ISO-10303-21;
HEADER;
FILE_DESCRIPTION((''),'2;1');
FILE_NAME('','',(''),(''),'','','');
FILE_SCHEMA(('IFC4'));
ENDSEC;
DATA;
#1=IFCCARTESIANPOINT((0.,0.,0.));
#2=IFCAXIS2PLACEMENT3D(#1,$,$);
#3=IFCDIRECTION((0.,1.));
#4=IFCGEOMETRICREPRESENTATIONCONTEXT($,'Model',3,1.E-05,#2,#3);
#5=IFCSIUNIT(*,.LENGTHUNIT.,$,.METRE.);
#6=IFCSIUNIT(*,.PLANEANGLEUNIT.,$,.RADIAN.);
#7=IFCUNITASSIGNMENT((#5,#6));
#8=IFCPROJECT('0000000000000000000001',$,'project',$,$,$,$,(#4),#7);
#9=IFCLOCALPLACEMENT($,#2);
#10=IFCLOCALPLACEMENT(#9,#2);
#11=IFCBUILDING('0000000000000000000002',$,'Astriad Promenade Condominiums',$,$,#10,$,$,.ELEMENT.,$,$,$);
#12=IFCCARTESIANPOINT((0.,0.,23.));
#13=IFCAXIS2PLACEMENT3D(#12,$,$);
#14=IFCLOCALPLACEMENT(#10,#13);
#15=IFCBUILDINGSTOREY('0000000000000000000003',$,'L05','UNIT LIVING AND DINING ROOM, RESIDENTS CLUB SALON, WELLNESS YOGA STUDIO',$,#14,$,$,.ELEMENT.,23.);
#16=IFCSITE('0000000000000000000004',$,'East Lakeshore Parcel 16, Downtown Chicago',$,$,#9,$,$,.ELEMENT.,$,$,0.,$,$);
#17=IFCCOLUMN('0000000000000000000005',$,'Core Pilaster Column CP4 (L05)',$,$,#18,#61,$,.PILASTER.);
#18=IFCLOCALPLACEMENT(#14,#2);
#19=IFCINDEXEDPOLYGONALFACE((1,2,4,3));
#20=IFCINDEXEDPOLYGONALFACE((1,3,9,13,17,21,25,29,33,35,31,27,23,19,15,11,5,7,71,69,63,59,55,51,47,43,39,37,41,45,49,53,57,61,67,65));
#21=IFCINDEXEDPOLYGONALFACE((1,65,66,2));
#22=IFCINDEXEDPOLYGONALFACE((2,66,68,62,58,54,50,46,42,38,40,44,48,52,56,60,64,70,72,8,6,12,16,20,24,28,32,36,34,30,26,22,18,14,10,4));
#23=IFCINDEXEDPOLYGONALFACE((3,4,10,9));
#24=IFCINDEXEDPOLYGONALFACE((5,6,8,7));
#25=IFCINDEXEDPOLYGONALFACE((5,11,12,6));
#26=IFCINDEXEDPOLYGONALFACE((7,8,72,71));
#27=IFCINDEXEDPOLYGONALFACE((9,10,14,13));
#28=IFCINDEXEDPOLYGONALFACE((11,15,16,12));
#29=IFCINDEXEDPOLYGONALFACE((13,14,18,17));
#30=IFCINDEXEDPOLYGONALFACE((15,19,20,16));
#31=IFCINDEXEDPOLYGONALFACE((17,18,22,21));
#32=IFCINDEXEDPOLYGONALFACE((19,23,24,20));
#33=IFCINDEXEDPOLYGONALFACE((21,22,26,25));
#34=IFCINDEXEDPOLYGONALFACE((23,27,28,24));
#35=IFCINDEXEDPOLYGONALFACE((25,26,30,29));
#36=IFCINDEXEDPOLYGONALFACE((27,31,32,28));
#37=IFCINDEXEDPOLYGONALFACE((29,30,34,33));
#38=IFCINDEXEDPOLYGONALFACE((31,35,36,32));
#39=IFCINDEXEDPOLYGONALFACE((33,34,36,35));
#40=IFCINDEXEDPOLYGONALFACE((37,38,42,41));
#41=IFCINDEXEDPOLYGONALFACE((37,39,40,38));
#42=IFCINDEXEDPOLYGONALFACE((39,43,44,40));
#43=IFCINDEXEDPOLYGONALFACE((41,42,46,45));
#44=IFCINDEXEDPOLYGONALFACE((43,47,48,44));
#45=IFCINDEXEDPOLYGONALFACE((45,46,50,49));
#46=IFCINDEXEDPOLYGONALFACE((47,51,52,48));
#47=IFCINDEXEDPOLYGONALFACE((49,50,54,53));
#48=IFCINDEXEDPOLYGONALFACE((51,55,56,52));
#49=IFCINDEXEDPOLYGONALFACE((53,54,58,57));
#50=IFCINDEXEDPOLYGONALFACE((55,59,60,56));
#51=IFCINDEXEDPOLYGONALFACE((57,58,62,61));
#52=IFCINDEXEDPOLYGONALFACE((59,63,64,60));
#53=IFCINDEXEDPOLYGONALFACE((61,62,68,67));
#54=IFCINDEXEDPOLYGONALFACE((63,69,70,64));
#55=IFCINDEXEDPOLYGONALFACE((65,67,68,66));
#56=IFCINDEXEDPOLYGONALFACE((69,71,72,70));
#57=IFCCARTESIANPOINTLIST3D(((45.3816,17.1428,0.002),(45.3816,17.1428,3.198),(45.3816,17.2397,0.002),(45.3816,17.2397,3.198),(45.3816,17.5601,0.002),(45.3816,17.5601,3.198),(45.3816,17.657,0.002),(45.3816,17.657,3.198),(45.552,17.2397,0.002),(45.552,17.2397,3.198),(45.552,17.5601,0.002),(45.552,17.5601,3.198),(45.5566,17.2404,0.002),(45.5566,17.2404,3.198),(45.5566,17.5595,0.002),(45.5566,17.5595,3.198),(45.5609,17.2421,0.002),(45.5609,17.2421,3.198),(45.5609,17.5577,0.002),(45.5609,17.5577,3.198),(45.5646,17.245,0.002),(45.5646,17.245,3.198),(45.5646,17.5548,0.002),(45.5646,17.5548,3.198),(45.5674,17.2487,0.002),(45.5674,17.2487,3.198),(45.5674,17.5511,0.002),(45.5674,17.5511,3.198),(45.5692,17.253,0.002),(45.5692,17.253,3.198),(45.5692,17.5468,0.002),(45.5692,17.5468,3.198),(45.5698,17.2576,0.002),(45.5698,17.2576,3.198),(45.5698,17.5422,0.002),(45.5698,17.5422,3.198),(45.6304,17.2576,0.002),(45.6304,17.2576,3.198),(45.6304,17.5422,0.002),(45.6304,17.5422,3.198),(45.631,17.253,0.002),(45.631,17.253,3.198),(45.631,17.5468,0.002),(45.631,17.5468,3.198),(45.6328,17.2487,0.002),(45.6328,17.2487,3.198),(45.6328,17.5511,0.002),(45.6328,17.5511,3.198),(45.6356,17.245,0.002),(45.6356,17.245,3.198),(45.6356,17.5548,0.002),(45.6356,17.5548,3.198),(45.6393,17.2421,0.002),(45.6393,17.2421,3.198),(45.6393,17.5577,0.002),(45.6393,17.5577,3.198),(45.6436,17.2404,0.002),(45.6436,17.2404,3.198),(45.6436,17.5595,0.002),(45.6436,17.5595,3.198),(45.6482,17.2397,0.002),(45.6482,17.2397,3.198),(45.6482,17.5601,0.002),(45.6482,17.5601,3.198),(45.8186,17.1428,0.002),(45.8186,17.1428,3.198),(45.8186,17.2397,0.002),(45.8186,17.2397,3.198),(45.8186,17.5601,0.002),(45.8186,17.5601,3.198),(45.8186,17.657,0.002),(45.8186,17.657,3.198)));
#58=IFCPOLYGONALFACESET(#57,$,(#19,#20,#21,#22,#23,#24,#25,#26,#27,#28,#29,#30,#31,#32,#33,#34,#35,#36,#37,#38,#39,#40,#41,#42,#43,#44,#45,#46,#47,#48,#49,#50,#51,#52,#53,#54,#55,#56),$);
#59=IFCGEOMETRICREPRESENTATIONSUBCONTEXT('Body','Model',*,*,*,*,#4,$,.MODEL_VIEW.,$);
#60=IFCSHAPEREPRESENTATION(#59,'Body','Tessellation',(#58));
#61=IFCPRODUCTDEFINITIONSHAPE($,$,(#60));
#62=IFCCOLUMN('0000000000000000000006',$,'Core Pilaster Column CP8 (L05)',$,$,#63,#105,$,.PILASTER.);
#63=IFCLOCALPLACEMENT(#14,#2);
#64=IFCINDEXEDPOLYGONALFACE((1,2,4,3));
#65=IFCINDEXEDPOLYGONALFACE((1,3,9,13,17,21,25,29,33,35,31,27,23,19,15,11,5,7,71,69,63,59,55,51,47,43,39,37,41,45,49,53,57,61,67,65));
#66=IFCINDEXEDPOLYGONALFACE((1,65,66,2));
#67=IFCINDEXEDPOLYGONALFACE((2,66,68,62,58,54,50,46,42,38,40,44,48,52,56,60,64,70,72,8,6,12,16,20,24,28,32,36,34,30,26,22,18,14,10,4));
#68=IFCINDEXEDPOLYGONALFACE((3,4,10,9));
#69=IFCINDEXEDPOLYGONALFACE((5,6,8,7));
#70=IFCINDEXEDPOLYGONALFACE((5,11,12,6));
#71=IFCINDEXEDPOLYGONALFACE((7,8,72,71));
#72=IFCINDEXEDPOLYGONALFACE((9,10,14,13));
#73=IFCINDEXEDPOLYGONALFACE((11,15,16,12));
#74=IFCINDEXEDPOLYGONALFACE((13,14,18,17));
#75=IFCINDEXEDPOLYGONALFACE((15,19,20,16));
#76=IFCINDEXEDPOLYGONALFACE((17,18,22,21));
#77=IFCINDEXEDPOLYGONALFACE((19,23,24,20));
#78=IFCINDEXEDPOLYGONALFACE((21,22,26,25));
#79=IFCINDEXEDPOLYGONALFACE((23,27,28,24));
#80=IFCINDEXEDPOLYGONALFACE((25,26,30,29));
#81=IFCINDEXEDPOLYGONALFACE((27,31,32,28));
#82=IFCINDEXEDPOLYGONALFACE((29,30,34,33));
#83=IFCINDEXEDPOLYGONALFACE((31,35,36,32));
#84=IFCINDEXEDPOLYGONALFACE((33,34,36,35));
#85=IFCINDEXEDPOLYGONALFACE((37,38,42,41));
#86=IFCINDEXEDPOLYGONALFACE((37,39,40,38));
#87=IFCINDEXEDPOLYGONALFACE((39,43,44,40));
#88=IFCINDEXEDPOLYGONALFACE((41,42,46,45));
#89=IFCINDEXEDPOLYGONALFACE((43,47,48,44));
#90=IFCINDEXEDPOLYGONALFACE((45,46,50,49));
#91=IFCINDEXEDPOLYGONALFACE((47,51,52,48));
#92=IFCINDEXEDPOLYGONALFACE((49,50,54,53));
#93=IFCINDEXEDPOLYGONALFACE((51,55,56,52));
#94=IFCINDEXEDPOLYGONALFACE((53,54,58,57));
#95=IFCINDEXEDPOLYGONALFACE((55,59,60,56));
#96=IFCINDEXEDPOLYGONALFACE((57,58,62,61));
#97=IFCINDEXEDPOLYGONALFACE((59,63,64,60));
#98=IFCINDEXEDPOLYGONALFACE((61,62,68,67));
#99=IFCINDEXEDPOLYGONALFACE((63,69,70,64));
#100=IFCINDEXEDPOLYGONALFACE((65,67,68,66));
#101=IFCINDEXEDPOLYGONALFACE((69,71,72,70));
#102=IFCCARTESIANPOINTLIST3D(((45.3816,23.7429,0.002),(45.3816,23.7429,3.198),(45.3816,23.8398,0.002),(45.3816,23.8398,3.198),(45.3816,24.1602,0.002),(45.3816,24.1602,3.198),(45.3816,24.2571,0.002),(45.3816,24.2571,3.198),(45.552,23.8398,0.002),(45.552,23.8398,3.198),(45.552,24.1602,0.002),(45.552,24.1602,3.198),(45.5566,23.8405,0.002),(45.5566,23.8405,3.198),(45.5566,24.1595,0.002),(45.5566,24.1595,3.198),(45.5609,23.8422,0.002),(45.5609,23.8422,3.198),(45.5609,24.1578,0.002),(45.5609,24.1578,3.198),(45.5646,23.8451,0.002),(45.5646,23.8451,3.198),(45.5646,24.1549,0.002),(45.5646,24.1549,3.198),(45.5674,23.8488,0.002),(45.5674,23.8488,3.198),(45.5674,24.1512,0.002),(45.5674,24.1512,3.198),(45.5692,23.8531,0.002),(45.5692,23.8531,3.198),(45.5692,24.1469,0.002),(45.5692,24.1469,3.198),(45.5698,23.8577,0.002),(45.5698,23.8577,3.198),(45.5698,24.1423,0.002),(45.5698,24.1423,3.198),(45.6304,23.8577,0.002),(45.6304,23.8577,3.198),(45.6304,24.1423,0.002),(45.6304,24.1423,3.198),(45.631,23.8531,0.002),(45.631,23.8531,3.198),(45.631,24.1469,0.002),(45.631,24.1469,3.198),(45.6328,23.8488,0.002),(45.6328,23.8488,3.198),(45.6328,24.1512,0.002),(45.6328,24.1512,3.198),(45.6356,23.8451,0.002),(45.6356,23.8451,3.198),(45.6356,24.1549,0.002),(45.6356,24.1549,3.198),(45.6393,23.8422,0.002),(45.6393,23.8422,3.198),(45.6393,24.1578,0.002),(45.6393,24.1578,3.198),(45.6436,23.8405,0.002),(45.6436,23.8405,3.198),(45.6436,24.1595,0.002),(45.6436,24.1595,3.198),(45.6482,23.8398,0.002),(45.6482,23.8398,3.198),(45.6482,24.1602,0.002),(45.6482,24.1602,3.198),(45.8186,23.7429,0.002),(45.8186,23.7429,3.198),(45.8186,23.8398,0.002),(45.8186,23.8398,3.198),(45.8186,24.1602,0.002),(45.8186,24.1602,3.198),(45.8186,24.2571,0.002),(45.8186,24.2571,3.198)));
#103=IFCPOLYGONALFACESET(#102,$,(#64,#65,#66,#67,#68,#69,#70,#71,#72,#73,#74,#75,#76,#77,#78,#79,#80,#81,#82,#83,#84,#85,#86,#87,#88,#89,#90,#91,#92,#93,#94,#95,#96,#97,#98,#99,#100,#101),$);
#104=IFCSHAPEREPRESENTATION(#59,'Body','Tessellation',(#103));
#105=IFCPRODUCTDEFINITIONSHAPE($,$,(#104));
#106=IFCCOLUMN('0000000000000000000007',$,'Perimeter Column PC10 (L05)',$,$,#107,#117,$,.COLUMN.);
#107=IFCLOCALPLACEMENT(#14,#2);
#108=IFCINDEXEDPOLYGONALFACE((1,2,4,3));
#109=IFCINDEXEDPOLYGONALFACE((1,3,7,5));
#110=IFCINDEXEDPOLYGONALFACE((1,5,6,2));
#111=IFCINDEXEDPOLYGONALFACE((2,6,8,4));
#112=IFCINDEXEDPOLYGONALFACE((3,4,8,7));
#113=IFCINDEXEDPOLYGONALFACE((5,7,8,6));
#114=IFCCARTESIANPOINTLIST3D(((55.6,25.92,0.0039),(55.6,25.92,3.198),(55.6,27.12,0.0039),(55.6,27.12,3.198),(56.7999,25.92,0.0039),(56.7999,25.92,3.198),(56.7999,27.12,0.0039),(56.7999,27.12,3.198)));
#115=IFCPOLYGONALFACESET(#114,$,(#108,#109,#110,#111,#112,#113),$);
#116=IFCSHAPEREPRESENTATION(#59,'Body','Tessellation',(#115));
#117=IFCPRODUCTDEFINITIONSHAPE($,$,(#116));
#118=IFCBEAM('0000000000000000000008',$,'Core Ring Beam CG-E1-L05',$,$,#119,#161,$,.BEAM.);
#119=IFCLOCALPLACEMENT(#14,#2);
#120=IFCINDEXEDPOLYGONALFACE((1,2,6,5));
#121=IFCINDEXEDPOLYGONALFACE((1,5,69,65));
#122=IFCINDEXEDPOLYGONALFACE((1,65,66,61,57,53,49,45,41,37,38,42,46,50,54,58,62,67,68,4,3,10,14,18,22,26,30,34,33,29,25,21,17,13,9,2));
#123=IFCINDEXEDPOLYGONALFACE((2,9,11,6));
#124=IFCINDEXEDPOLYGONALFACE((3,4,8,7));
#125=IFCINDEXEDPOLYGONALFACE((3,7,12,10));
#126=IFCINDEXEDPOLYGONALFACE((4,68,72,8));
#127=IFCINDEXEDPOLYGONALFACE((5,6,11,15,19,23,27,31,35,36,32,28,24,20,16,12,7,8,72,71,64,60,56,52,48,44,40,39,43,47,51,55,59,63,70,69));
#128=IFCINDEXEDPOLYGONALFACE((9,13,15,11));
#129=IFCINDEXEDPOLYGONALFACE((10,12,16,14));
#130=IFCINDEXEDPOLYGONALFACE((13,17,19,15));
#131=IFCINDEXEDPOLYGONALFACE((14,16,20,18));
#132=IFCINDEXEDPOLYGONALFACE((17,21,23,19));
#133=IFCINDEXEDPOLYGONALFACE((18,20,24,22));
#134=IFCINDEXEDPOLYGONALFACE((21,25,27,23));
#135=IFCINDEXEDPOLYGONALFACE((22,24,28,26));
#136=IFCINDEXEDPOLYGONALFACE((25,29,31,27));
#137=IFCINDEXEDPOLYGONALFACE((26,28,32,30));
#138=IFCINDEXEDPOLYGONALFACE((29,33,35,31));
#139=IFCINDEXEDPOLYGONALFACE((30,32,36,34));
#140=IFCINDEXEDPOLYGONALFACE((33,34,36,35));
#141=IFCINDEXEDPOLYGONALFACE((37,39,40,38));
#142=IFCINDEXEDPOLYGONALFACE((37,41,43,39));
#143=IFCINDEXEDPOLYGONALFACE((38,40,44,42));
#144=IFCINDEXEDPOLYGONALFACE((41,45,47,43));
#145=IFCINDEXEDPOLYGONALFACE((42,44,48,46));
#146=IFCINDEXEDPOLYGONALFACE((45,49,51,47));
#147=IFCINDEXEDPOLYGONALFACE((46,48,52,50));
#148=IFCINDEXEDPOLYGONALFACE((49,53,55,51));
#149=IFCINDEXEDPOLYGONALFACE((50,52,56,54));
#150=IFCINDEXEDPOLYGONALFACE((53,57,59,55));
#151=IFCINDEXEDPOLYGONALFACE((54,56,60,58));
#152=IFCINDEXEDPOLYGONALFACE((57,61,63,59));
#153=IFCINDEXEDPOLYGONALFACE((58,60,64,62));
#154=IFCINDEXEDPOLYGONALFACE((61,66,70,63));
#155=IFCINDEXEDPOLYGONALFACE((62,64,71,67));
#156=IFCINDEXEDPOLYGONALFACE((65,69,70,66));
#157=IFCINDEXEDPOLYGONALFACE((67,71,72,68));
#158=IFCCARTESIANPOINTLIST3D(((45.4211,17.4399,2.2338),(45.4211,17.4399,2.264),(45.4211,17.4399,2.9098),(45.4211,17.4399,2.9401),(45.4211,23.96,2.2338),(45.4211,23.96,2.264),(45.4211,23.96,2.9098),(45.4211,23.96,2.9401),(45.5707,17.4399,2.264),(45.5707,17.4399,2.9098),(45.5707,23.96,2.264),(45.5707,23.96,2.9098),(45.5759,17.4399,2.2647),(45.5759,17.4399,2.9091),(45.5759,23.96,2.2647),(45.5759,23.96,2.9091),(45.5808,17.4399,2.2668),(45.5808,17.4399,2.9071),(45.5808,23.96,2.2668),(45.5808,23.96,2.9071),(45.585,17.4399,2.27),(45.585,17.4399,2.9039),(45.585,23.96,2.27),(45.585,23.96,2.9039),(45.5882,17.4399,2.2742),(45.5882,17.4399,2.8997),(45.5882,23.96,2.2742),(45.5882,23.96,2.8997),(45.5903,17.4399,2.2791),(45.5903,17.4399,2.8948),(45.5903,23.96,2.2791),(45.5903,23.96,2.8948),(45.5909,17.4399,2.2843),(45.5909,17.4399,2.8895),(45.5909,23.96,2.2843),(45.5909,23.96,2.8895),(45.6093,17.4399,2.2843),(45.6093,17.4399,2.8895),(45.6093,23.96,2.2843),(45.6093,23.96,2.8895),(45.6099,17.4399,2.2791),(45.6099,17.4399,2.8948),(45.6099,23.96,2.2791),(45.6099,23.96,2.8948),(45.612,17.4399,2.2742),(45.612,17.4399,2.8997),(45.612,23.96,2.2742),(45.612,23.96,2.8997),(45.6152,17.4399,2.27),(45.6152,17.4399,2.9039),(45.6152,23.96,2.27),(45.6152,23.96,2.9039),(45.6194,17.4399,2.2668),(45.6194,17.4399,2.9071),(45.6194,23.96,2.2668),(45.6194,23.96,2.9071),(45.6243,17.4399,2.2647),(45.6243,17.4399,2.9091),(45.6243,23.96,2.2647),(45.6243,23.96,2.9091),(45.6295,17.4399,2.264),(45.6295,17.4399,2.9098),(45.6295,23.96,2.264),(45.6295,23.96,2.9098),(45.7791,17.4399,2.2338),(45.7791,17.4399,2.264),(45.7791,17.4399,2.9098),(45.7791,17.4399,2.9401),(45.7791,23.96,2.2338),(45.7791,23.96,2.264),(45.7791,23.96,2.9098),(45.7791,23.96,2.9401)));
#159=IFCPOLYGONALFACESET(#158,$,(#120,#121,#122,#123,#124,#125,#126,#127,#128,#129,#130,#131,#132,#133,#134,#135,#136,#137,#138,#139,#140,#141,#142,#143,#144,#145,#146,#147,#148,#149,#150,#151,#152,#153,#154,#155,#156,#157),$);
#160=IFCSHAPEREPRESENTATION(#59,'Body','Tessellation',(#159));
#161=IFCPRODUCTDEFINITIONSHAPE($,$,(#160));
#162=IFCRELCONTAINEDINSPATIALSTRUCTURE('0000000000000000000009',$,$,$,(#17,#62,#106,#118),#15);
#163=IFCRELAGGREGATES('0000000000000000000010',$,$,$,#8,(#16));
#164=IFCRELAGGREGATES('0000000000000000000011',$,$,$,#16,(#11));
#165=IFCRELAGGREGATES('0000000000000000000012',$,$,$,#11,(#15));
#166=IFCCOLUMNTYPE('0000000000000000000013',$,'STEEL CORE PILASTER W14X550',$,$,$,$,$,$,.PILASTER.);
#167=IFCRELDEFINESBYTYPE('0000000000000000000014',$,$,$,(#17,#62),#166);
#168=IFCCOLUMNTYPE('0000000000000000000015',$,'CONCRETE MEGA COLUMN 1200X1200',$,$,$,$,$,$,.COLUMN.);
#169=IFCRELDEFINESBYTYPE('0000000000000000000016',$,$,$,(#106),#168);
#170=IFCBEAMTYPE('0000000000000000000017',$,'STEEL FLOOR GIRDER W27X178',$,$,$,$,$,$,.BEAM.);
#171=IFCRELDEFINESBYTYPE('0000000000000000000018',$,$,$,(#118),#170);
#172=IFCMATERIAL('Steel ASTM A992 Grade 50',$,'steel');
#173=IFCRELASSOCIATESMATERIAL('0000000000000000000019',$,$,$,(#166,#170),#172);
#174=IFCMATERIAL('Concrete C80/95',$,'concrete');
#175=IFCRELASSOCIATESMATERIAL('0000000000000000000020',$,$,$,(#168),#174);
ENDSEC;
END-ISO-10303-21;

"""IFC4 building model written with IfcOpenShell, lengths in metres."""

from ifc_helpers import new_model, si_unit, direction, frame, origin, origin_2d, place, context, subcontext, project, spatial, rectangle, i_section, extrude, source, transform, mapped, material, material_profile, profile_set, type_object, type_shapes, element, save


model = new_model("IFC4")

# Units and contexts
model_context = context("Model", 3, precision=1e-05, world=origin(), true_north=direction((0.0, 1.0)))
body_context = subcontext(model_context, "Body", "Model", "MODEL_VIEW")
ifc_project = project(units=[si_unit("LENGTHUNIT", "METRE"), si_unit("PLANEANGLEUNIT", "RADIAN")], contexts=[model_context])

# Site, building, storey
site_placement = place(None, origin())
site = spatial("IfcSite", under=ifc_project, at=site_placement, Name="East Lakeshore Parcel 16, Downtown Chicago", CompositionType="ELEMENT", RefElevation=0.0)
building_placement = place(site_placement, origin())
building = spatial("IfcBuilding", under=site, at=building_placement, Name="Astriad Promenade Condominiums", CompositionType="ELEMENT")
storey_placement = place(building_placement, frame((0.0, 0.0, 23.0)))
storey = spatial("IfcBuildingStorey", under=building, at=storey_placement, Name="L05", Description="UNIT LIVING AND DINING ROOM, RESIDENTS CLUB SALON, WELLNESS YOGA STUDIO", CompositionType="ELEMENT", Elevation=23.0)

# Columns
ifc_material_1 = material(Name="Steel ASTM A992 Grade 50", Category="steel")
ifc_material_profile_1 = material_profile(ifc_material_1, i_section(OverallWidth=0.437, OverallDepth=0.5142, WebThickness=0.0605, FlangeThickness=0.0969, FilletRadius=0.0178, at=origin_2d()), Name="W14X550")
ifc_profile_set_1 = profile_set([ifc_material_profile_1], Name="Steel ASTM A992 Grade 50")
column_type_1 = type_object("IfcColumnType", Name="STEEL CORE PILASTER W14X550", PredefinedType="PILASTER", material=ifc_profile_set_1)
shared_shape_1 = source(origin(), body_context, "Body", "SweptSolid", [
    extrude(i_section(OverallWidth=0.437, OverallDepth=0.5142, WebThickness=0.0605, FlangeThickness=0.0969, FilletRadius=0.0178, at=origin_2d()), origin(), (0.0, 0.0, 1.0), 3.196),
])
type_shapes(column_type_1, [shared_shape_1])
for number, where, z_axis, x_axis, name in (
    (1, (45.6001, 17.3999, 0.002), (0.0, 0.0, 1.0), (1.0, 0.0, 0.0), "Core Pilaster Column CP4 (L05)"),
    (2, (45.6001, 24.0, 0.002), (0.0, 0.0, 1.0), (1.0, 0.0, 0.0), "Core Pilaster Column CP8 (L05)"),
):
    element("IfcColumn", number, at=place(storey_placement, frame(where, z_axis=z_axis, x_axis=x_axis)), inside=storey, type_object=column_type_1, Name=name, PredefinedType="PILASTER", context=body_context, shape_type="MappedRepresentation", body=[
        mapped(shared_shape_1, transform((0.0, 0.0, 0.0), scale=1.0)),
    ])
ifc_material_2 = material(Name="Concrete C80/95", Category="concrete")
ifc_material_profile_2 = material_profile(ifc_material_2, rectangle(XDim=1.2, YDim=1.2, at=origin_2d()), Name="RC-COL-1200X1200")
ifc_profile_set_2 = profile_set([ifc_material_profile_2], Name="Concrete C80/95")
column_type_2 = type_object("IfcColumnType", Name="CONCRETE MEGA COLUMN 1200X1200", PredefinedType="COLUMN", material=ifc_profile_set_2)
shared_shape_2 = source(origin(), body_context, "Body", "SweptSolid", [
    extrude(rectangle(XDim=1.2, YDim=1.2, at=origin_2d()), origin(), (0.0, 0.0, 1.0), 3.1941),
])
type_shapes(column_type_2, [shared_shape_2])
column_placement = place(storey_placement, frame((56.2, 26.52, 0.0039), z_axis=(0.0, 0.0, 1.0), x_axis=(1.0, 0.0, 0.0)))
element("IfcColumn", 3, at=column_placement, inside=storey, type_object=column_type_2, Name="Perimeter Column PC10 (L05)", PredefinedType="COLUMN", context=body_context, shape_type="MappedRepresentation", body=[
    mapped(shared_shape_2, transform((0.0, 0.0, 0.0), scale=1.0)),
])

# Beam
ifc_material_profile_3 = material_profile(ifc_material_1, i_section(OverallWidth=0.3579, OverallDepth=0.7063, WebThickness=0.0183, FlangeThickness=0.0303, FilletRadius=0.0203, at=origin_2d()), Name="W27X178")
ifc_profile_set_3 = profile_set([ifc_material_profile_3], Name="Steel ASTM A992 Grade 50")
beam_type_1 = type_object("IfcBeamType", Name="STEEL FLOOR GIRDER W27X178", PredefinedType="BEAM", material=ifc_profile_set_3)
shared_shape_3 = source(origin(), body_context, "Body", "SweptSolid", [
    extrude(i_section(OverallWidth=0.3579, OverallDepth=0.7063, WebThickness=0.0183, FlangeThickness=0.0303, FilletRadius=0.0203, at=origin_2d()), origin(), (0.0, 0.0, 1.0), 6.52),
])
type_shapes(beam_type_1, [shared_shape_3])
beam_1_placement = place(storey_placement, frame((45.6001, 17.4399, 2.5869), z_axis=(0.0, 1.0, 0.0), x_axis=(-1.0, 0.0, 0.0)))
element("IfcBeam", 4, at=beam_1_placement, inside=storey, type_object=beam_type_1, Name="Core Ring Beam CG-E1-L05", PredefinedType="BEAM", context=body_context, shape_type="MappedRepresentation", body=[
    mapped(shared_shape_3, transform((0.0, 0.0, 0.0), scale=1.0)),
])

save(model, "model.ifc")
